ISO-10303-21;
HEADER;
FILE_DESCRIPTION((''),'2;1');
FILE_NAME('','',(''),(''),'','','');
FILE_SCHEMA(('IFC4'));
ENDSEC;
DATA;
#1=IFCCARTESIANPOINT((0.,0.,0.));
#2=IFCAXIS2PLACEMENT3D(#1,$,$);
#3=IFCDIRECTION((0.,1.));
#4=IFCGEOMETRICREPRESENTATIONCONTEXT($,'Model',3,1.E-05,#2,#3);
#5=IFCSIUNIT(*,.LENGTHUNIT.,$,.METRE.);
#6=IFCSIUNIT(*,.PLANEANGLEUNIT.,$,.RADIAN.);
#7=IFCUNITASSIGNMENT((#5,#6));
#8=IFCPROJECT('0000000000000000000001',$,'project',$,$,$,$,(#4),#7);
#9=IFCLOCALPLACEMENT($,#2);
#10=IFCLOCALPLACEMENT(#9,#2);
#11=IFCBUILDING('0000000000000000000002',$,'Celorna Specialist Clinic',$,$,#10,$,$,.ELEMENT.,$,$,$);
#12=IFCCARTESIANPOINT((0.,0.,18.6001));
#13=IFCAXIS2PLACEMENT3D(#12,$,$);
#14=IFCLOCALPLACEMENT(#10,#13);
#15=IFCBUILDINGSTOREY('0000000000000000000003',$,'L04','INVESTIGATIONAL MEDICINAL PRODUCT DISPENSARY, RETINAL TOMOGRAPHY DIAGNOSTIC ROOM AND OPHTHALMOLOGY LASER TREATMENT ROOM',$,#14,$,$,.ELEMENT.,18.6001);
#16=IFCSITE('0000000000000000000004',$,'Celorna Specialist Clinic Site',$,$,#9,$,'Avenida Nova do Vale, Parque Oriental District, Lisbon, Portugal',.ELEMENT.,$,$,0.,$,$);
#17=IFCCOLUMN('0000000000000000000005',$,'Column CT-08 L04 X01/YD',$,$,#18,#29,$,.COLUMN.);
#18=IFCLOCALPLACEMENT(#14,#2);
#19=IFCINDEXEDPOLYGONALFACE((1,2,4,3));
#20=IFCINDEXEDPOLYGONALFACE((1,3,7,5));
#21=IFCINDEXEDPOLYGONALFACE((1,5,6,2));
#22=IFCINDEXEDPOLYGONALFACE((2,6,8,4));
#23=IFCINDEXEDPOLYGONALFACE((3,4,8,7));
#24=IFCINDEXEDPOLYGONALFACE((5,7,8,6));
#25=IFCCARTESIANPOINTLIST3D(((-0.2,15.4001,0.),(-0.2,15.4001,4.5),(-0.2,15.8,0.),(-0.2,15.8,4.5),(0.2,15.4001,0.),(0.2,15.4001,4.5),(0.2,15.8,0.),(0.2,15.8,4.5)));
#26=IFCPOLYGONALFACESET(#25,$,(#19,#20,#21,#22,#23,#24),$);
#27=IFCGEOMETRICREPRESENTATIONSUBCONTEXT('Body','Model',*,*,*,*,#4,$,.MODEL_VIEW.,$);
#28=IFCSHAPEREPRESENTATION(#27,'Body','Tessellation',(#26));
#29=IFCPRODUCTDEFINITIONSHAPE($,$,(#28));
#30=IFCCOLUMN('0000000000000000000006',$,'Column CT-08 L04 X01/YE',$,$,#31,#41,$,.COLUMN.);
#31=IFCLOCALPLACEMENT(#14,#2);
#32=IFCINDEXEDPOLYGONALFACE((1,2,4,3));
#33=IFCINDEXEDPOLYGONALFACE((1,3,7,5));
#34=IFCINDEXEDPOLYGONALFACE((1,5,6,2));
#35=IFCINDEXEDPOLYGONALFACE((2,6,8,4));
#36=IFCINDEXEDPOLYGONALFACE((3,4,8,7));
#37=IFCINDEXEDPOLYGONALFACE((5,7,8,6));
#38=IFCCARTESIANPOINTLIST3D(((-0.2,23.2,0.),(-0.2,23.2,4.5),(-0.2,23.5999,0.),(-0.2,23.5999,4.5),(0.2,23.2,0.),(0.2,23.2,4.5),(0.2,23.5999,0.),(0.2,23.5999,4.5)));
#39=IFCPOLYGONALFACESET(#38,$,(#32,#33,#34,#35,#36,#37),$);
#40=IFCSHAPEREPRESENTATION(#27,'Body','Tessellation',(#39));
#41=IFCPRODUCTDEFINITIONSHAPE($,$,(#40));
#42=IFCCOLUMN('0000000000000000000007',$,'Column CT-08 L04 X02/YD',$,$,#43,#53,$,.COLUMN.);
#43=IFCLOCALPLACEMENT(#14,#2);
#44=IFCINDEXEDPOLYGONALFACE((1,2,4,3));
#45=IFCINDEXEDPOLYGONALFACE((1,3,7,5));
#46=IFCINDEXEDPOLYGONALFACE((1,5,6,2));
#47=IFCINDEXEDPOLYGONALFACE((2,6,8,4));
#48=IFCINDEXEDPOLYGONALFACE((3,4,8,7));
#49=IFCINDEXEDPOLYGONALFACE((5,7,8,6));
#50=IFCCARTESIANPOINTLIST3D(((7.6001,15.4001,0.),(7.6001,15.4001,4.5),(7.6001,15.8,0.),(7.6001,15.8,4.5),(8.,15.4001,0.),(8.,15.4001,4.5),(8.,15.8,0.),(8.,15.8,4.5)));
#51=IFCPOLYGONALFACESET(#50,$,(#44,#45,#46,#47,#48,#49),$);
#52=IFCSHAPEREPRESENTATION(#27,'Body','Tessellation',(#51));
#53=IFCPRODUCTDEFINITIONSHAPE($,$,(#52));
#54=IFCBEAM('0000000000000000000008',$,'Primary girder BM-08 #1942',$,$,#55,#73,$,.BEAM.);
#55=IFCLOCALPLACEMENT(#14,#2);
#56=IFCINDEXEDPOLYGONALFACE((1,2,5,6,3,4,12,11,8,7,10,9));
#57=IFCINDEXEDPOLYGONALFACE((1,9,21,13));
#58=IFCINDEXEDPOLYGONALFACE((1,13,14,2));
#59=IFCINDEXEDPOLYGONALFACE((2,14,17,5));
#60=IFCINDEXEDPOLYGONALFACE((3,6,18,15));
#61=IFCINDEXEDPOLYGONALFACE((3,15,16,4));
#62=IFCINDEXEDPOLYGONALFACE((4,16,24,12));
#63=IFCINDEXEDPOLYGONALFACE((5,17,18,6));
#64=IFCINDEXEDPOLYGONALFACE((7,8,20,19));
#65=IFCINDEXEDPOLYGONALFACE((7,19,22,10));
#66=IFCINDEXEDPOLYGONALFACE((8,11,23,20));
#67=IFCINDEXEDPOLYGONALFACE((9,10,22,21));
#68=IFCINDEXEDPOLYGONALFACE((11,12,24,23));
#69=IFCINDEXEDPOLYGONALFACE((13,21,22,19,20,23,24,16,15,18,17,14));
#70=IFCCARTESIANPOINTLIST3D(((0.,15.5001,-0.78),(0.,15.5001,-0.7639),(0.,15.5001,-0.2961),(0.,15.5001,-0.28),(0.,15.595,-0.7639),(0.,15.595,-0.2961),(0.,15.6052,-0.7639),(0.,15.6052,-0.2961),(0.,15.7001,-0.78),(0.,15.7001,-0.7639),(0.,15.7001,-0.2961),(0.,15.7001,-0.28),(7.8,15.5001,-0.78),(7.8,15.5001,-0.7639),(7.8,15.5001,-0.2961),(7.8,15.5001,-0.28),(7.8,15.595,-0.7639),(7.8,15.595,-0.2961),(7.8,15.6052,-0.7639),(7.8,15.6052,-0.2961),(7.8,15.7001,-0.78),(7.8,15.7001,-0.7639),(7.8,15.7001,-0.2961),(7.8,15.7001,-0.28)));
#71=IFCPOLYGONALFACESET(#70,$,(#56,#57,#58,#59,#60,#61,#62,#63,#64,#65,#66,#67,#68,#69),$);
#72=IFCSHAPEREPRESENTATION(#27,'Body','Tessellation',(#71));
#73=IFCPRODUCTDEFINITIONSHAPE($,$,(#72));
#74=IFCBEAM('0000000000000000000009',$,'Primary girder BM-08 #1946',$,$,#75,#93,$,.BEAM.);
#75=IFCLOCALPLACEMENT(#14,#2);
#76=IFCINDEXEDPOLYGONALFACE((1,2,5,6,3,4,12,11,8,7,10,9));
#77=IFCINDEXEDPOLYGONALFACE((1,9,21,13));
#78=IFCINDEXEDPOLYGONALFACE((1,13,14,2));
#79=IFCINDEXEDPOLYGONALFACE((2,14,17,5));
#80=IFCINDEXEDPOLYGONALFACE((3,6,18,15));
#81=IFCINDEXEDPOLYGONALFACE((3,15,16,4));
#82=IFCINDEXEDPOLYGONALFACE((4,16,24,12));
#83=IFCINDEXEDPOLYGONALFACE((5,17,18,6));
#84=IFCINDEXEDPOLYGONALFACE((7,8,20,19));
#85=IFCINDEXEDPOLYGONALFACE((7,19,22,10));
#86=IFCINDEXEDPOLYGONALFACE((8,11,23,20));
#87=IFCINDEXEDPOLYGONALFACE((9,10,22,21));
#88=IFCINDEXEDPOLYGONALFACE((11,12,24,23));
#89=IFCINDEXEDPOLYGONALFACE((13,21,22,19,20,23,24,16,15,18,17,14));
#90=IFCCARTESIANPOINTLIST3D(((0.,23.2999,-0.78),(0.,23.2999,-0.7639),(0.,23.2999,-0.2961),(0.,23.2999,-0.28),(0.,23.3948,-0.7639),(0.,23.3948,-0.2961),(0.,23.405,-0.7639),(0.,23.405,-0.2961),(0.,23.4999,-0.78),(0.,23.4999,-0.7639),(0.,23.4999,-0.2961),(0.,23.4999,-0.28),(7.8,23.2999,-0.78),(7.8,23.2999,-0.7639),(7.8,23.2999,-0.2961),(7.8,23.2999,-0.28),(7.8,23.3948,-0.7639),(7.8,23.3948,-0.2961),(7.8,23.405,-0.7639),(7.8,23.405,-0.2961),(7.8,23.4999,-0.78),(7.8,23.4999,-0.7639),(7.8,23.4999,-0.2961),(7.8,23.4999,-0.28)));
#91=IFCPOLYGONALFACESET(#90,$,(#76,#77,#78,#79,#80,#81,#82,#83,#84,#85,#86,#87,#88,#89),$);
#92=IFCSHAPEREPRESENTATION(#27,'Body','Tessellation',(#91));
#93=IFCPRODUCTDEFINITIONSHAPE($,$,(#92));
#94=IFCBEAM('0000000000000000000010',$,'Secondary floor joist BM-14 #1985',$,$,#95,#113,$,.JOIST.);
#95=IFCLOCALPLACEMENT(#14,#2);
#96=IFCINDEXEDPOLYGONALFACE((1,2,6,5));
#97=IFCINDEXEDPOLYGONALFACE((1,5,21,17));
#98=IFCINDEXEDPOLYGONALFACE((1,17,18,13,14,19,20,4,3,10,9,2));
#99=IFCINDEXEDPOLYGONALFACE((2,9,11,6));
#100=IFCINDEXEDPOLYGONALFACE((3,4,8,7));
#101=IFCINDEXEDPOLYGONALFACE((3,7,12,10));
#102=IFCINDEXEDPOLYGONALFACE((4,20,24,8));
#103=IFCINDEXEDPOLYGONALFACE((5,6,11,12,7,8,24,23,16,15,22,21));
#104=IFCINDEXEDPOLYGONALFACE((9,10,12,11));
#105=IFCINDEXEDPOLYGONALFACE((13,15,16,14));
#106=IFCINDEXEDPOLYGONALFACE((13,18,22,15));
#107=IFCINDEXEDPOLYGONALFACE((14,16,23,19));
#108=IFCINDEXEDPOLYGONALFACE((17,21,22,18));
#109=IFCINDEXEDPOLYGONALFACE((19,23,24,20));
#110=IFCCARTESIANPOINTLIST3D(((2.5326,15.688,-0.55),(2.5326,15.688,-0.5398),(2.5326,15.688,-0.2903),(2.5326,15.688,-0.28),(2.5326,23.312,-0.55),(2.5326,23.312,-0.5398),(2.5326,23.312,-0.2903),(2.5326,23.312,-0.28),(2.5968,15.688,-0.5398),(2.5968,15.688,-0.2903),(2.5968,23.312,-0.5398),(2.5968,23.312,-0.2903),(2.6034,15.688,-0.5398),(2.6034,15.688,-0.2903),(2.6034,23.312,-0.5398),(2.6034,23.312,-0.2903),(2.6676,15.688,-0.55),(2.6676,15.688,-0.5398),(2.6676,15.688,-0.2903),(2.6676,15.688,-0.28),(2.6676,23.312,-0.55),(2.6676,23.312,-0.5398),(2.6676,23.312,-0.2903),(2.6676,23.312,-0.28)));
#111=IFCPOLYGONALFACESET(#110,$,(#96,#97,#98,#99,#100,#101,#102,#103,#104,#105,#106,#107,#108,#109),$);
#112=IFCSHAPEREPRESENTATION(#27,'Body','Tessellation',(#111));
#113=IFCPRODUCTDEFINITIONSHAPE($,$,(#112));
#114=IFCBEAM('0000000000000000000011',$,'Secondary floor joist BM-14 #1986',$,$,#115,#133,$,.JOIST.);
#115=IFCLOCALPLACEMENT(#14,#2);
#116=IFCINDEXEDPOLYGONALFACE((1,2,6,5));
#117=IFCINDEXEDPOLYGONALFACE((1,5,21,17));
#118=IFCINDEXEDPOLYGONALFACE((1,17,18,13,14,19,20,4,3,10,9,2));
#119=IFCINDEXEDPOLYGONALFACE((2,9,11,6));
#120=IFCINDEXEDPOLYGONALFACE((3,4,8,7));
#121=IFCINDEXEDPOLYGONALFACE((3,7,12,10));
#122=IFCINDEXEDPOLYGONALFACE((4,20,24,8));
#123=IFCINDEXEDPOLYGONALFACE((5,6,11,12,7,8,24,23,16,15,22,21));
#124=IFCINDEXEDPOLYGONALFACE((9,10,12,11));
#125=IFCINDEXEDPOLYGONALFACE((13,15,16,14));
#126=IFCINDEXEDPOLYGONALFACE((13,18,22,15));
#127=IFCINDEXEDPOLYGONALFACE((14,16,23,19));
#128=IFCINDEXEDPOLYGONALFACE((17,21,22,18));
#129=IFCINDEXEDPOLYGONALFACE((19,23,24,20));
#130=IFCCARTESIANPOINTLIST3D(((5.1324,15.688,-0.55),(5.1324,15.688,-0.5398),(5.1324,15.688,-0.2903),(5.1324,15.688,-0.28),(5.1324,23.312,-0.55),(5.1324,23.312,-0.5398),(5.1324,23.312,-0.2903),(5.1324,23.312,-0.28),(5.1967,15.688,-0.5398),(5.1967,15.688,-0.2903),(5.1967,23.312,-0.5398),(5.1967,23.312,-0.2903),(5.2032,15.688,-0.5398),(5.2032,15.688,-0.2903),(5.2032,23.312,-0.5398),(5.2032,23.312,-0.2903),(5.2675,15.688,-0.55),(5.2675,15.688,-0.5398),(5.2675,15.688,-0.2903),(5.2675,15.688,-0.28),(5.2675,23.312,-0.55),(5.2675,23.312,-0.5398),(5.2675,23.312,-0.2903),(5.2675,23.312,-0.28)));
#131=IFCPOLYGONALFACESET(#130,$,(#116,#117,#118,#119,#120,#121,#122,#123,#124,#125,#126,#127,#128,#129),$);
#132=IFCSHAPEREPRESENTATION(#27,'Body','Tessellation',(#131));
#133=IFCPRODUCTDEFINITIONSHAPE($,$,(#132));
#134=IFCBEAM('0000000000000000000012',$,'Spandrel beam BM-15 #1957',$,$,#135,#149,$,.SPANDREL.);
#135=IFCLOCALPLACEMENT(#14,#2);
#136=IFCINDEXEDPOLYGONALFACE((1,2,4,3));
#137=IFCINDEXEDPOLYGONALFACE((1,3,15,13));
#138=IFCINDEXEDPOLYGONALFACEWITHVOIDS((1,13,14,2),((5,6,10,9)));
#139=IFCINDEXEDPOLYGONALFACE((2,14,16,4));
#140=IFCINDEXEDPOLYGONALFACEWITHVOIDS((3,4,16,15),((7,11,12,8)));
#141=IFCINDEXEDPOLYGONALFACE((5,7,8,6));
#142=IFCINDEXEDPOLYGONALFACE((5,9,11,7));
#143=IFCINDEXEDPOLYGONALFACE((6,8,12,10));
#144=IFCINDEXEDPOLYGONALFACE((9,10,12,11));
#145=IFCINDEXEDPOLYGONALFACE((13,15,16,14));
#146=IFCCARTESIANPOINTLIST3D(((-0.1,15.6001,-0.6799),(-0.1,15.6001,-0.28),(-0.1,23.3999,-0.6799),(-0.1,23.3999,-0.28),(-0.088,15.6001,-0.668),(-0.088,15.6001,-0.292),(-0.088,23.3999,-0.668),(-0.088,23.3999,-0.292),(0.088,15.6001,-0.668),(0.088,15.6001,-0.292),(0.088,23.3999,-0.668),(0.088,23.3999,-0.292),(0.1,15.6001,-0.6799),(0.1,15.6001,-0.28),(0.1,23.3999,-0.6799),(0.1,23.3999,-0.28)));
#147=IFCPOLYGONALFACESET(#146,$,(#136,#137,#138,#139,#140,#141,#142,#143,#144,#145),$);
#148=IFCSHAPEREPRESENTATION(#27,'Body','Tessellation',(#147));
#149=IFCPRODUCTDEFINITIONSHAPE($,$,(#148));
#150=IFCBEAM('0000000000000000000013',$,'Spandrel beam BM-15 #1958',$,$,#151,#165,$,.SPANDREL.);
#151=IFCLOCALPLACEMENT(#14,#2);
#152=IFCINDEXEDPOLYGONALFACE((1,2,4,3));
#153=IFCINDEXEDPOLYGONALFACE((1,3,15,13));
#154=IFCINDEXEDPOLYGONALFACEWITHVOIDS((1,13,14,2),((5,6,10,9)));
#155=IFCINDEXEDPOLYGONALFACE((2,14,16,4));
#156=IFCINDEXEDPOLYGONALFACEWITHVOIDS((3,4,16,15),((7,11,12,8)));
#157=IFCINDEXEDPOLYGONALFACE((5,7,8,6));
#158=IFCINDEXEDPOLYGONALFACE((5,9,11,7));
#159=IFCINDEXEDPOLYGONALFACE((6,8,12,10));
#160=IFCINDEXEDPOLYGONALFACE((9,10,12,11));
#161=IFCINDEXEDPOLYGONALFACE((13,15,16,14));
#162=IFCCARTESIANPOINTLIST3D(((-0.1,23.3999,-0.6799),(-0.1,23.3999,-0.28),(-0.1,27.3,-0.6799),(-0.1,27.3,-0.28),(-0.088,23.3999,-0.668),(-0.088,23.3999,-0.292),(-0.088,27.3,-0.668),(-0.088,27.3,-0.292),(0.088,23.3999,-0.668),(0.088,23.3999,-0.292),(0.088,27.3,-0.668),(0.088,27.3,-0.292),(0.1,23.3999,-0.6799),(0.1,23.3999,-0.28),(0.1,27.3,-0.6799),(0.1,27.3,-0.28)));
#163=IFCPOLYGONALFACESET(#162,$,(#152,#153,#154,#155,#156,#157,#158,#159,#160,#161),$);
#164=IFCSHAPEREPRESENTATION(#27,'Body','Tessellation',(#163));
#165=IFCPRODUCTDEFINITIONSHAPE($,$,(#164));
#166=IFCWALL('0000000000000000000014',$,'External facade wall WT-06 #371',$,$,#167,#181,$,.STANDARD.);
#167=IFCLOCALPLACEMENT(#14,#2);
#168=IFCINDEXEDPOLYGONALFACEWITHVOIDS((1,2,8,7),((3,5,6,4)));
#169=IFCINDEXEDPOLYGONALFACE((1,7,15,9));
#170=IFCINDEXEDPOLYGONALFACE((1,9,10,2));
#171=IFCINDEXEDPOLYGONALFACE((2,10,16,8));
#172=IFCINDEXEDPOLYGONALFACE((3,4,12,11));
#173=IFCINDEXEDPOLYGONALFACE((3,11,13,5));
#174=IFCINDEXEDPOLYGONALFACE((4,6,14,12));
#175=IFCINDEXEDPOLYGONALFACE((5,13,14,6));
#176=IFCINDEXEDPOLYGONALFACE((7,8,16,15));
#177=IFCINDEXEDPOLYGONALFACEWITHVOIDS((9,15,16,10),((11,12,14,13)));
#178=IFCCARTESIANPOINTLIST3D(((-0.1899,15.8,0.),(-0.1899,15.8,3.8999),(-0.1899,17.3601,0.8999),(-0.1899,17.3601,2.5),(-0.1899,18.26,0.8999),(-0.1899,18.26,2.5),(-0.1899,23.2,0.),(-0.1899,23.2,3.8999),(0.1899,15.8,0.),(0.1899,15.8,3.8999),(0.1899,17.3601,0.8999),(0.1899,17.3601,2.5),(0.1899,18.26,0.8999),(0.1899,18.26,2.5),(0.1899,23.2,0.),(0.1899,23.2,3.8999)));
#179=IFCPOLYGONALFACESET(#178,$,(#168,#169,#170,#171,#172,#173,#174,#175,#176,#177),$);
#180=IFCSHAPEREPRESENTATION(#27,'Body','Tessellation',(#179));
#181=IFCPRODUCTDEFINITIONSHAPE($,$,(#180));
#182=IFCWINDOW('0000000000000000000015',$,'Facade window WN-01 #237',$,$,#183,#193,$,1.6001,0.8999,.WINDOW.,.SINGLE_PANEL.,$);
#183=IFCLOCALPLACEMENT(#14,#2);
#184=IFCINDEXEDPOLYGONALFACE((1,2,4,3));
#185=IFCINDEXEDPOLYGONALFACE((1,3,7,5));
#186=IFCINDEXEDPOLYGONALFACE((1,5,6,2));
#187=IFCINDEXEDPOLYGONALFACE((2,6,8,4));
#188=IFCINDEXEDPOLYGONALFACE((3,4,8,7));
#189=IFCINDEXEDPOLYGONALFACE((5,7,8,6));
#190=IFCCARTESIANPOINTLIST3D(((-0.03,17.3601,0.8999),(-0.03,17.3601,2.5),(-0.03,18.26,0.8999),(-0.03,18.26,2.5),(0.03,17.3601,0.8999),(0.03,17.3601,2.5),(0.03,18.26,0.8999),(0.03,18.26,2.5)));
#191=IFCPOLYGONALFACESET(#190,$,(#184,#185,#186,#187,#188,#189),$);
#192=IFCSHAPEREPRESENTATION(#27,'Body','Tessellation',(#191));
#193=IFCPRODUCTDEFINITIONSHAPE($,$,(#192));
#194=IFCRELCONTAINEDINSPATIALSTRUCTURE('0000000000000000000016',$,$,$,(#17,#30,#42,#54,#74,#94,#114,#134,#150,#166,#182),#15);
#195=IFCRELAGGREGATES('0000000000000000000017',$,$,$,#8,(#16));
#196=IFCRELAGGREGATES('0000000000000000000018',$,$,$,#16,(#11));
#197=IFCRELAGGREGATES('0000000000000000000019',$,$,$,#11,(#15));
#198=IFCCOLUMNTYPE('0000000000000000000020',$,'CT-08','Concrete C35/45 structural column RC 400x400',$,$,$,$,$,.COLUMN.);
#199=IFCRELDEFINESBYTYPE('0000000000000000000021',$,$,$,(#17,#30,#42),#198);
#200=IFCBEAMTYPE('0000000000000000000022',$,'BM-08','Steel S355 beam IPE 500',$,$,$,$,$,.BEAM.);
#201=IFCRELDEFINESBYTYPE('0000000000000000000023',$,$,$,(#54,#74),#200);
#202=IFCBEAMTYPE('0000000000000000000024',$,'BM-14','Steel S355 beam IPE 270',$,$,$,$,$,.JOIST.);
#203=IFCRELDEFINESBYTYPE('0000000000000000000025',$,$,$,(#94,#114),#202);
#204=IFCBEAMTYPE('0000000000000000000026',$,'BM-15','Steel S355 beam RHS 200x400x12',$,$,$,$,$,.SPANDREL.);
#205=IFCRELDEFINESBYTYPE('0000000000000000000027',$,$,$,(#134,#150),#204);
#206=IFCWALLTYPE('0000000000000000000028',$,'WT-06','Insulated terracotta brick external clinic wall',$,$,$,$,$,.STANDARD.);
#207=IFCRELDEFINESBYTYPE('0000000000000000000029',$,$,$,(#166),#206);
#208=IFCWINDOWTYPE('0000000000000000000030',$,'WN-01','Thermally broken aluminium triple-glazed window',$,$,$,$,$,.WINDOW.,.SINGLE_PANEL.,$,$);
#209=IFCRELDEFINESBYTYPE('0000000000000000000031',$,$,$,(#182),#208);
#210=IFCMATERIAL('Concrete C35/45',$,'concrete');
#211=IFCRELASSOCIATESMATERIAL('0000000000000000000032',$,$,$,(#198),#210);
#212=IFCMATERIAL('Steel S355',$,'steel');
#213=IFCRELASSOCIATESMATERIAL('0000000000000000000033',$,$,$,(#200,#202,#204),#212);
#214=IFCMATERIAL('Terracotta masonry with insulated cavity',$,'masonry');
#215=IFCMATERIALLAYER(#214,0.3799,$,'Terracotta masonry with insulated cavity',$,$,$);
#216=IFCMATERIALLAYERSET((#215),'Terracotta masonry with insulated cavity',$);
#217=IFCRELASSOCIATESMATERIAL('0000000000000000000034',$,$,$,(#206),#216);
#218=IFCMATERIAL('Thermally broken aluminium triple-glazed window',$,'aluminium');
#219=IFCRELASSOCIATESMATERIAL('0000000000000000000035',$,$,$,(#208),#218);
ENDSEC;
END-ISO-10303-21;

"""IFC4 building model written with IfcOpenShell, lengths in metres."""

from ifc_helpers import new_model, si_unit, direction, frame, frame_2d, origin, origin_2d, place, context, subcontext, project, spatial, rectangle, hollow_rectangle, i_section, extrude, material, layer, layer_set, material_profile, profile_set, type_object, element, fill, save


model = new_model("IFC4")

# Units and contexts
model_context = context("Model", 3, precision=1e-05, world=origin(), true_north=direction((0.0, 1.0)))
body_context = subcontext(model_context, "Body", "Model", "MODEL_VIEW")
ifc_project = project(units=[si_unit("LENGTHUNIT", "METRE"), si_unit("PLANEANGLEUNIT", "RADIAN")], contexts=[model_context])

# Site, building, storey
site_placement = place(None, origin())
site = spatial("IfcSite", under=ifc_project, at=site_placement, Name="Celorna Specialist Clinic Site", LongName="Avenida Nova do Vale, Parque Oriental District, Lisbon, Portugal", CompositionType="ELEMENT", RefElevation=0.0)
building_placement = place(site_placement, origin())
building = spatial("IfcBuilding", under=site, at=building_placement, Name="Celorna Specialist Clinic", CompositionType="ELEMENT")
storey_placement = place(building_placement, frame((0.0, 0.0, 18.6001)))
storey = spatial("IfcBuildingStorey", under=building, at=storey_placement, Name="L04", Description="INVESTIGATIONAL MEDICINAL PRODUCT DISPENSARY, RETINAL TOMOGRAPHY DIAGNOSTIC ROOM AND OPHTHALMOLOGY LASER TREATMENT ROOM", CompositionType="ELEMENT", Elevation=18.6001)

# Columns
ifc_material_1 = material(Name="Concrete C35/45", Category="concrete")
ifc_material_profile_1 = material_profile(ifc_material_1, rectangle(XDim=0.3999, YDim=0.3999, at=origin_2d()), Name="RC 400x400")
ifc_profile_set_1 = profile_set([ifc_material_profile_1], Name="Concrete C35/45")
column_type = type_object("IfcColumnType", Name="CT-08", Description="Concrete C35/45 structural column RC 400x400", PredefinedType="COLUMN", material=ifc_profile_set_1)
for number, where, z_axis, x_axis, name in (
    (1, (0.0, 15.6001, 0.0), (0.0, 0.0, 1.0), (1.0, 0.0, 0.0), "Column CT-08 L04 X01/YD"),
    (2, (0.0, 23.3999, 0.0), (0.0, 0.0, 1.0), (1.0, 0.0, 0.0), "Column CT-08 L04 X01/YE"),
    (3, (7.8, 15.6001, 0.0), (0.0, 0.0, 1.0), (1.0, 0.0, 0.0), "Column CT-08 L04 X02/YD"),
):
    element("IfcColumn", number, at=place(storey_placement, frame(where, z_axis=z_axis, x_axis=x_axis)), inside=storey, type_object=column_type, Name=name, PredefinedType="COLUMN", context=body_context, shape_type="SweptSolid", body=[
        extrude(rectangle(XDim=0.3999, YDim=0.3999, at=origin_2d()), origin(), (0.0, 0.0, 1.0), 4.5),
    ])

# Beams
ifc_material_2 = material(Name="Steel S355", Category="steel")
ifc_material_profile_2 = material_profile(ifc_material_2, i_section(OverallWidth=0.2, OverallDepth=0.5, WebThickness=0.0103, FlangeThickness=0.0161, at=origin_2d()), Name="IPE 500")
ifc_profile_set_2 = profile_set([ifc_material_profile_2], Name="Steel S355")
beam_type_1 = type_object("IfcBeamType", Name="BM-08", Description="Steel S355 beam IPE 500", PredefinedType="BEAM", material=ifc_profile_set_2)
for number, where, z_axis, x_axis, name in (
    (4, (0.0, 15.6001, -0.53), (1.0, 0.0, 0.0), (0.0, 1.0, 0.0), "Primary girder BM-08 #1942"),
    (5, (0.0, 23.3999, -0.53), (1.0, 0.0, 0.0), (0.0, 1.0, 0.0), "Primary girder BM-08 #1946"),
):
    element("IfcBeam", number, at=place(storey_placement, frame(where, z_axis=z_axis, x_axis=x_axis)), inside=storey, type_object=beam_type_1, Name=name, PredefinedType="BEAM", context=body_context, shape_type="SweptSolid", body=[
        extrude(i_section(OverallWidth=0.2, OverallDepth=0.5, WebThickness=0.0103, FlangeThickness=0.0161, at=origin_2d()), origin(), (0.0, 0.0, 1.0), 7.8),
    ])
ifc_material_profile_3 = material_profile(ifc_material_2, i_section(OverallWidth=0.135, OverallDepth=0.27, WebThickness=0.0066, FlangeThickness=0.0103, at=origin_2d()), Name="IPE 270")
ifc_profile_set_3 = profile_set([ifc_material_profile_3], Name="Steel S355")
beam_type_2 = type_object("IfcBeamType", Name="BM-14", Description="Steel S355 beam IPE 270", PredefinedType="JOIST", material=ifc_profile_set_3)
for number, where, z_axis, x_axis, name in (
    (6, (2.6001, 15.688, -0.415), (0.0, 1.0, 0.0), (-1.0, 0.0, 0.0), "Secondary floor joist BM-14 #1985"),
    (7, (5.2, 15.688, -0.415), (0.0, 1.0, 0.0), (-1.0, 0.0, 0.0), "Secondary floor joist BM-14 #1986"),
):
    element("IfcBeam", number, at=place(storey_placement, frame(where, z_axis=z_axis, x_axis=x_axis)), inside=storey, type_object=beam_type_2, Name=name, PredefinedType="JOIST", context=body_context, shape_type="SweptSolid", body=[
        extrude(i_section(OverallWidth=0.135, OverallDepth=0.27, WebThickness=0.0066, FlangeThickness=0.0103, at=origin_2d()), origin(), (0.0, 0.0, 1.0), 7.624),
    ])
ifc_material_profile_4 = material_profile(ifc_material_2, hollow_rectangle(XDim=0.2, YDim=0.3999, WallThickness=0.012, at=origin_2d()), Name="RHS 200x400x12")
ifc_profile_set_4 = profile_set([ifc_material_profile_4], Name="Steel S355")
beam_type_3 = type_object("IfcBeamType", Name="BM-15", Description="Steel S355 beam RHS 200x400x12", PredefinedType="SPANDREL", material=ifc_profile_set_4)
beam_1_placement = place(storey_placement, frame((0.0, 15.6001, -0.48), z_axis=(0.0, 1.0, 0.0), x_axis=(-1.0, 0.0, 0.0)))
element("IfcBeam", 8, at=beam_1_placement, inside=storey, type_object=beam_type_3, Name="Spandrel beam BM-15 #1957", PredefinedType="SPANDREL", context=body_context, shape_type="SweptSolid", body=[
    extrude(hollow_rectangle(XDim=0.2, YDim=0.3999, WallThickness=0.012, at=origin_2d()), origin(), (0.0, 0.0, 1.0), 7.7998),
])
beam_2_placement = place(storey_placement, frame((0.0, 23.3999, -0.48), z_axis=(0.0, 1.0, 0.0), x_axis=(-1.0, 0.0, 0.0)))
element("IfcBeam", 9, at=beam_2_placement, inside=storey, type_object=beam_type_3, Name="Spandrel beam BM-15 #1958", PredefinedType="SPANDREL", context=body_context, shape_type="SweptSolid", body=[
    extrude(hollow_rectangle(XDim=0.2, YDim=0.3999, WallThickness=0.012, at=origin_2d()), origin(), (0.0, 0.0, 1.0), 3.9001),
])

# Wall, opening, window
ifc_material_3 = material(Name="Terracotta masonry with insulated cavity", Category="masonry")
ifc_layer_1 = layer(ifc_material_3, 0.3799, Name="Terracotta masonry with insulated cavity")
ifc_layer_set_1 = layer_set([ifc_layer_1], Name="Terracotta masonry with insulated cavity")
wall_type_1 = type_object("IfcWallType", Name="WT-06", Description="Insulated terracotta brick external clinic wall", PredefinedType="STANDARD", material=ifc_layer_set_1)
wall_1_placement = place(storey_placement, frame((0.0, 15.8, 0.0), z_axis=(0.0, 0.0, 1.0), x_axis=(0.0, 1.0, 0.0)))
wall_1 = element("IfcWall", 10, at=wall_1_placement, inside=storey, type_object=wall_type_1, Name="External facade wall WT-06 #371", PredefinedType="STANDARD", context=body_context, shape_type="SweptSolid", body=[
    extrude(rectangle(XDim=7.3999, YDim=0.3799, at=frame_2d((3.7, 0.0))), origin(), (0.0, 0.0, 1.0), 3.8999),
])
opening_1_placement = place(wall_1_placement, frame((1.5601, 0.0, 0.8999)))
opening_1 = element("IfcOpeningElement", 11, at=opening_1_placement, cuts=wall_1, PredefinedType="OPENING", context=body_context, shape_type="SweptSolid", body=[
    extrude(rectangle(XDim=0.8999, YDim=1.6001, at=frame_2d((0.45, 0.8))), frame((0.0, 0.2, 0.0), z_axis=(0.0, -1.0, 0.0), x_axis=(1.0, 0.0, 0.0)), (0.0, 0.0, 1.0), 0.3999),
])
ifc_material_4 = material(Name="Thermally broken aluminium triple-glazed window", Category="aluminium")
window_type = type_object("IfcWindowType", Name="WN-01", Description="Thermally broken aluminium triple-glazed window", PartitioningType="SINGLE_PANEL", PredefinedType="WINDOW", material=ifc_material_4)
window_placement = place(opening_1_placement, origin())
window = element("IfcWindow", 12, at=window_placement, inside=storey, type_object=window_type, Name="Facade window WN-01 #237", OverallHeight=1.6001, OverallWidth=0.8999, PartitioningType="SINGLE_PANEL", PredefinedType="WINDOW", context=body_context, shape_type="SweptSolid", body=[
    extrude(rectangle(XDim=0.8999, YDim=1.6001, at=frame_2d((0.45, 0.8))), frame((0.0, 0.03, 0.0), z_axis=(0.0, -1.0, 0.0), x_axis=(1.0, 0.0, 0.0)), (0.0, 0.0, 1.0), 0.0601),
])
fill(opening_1, window)

save(model, "model.ifc")
